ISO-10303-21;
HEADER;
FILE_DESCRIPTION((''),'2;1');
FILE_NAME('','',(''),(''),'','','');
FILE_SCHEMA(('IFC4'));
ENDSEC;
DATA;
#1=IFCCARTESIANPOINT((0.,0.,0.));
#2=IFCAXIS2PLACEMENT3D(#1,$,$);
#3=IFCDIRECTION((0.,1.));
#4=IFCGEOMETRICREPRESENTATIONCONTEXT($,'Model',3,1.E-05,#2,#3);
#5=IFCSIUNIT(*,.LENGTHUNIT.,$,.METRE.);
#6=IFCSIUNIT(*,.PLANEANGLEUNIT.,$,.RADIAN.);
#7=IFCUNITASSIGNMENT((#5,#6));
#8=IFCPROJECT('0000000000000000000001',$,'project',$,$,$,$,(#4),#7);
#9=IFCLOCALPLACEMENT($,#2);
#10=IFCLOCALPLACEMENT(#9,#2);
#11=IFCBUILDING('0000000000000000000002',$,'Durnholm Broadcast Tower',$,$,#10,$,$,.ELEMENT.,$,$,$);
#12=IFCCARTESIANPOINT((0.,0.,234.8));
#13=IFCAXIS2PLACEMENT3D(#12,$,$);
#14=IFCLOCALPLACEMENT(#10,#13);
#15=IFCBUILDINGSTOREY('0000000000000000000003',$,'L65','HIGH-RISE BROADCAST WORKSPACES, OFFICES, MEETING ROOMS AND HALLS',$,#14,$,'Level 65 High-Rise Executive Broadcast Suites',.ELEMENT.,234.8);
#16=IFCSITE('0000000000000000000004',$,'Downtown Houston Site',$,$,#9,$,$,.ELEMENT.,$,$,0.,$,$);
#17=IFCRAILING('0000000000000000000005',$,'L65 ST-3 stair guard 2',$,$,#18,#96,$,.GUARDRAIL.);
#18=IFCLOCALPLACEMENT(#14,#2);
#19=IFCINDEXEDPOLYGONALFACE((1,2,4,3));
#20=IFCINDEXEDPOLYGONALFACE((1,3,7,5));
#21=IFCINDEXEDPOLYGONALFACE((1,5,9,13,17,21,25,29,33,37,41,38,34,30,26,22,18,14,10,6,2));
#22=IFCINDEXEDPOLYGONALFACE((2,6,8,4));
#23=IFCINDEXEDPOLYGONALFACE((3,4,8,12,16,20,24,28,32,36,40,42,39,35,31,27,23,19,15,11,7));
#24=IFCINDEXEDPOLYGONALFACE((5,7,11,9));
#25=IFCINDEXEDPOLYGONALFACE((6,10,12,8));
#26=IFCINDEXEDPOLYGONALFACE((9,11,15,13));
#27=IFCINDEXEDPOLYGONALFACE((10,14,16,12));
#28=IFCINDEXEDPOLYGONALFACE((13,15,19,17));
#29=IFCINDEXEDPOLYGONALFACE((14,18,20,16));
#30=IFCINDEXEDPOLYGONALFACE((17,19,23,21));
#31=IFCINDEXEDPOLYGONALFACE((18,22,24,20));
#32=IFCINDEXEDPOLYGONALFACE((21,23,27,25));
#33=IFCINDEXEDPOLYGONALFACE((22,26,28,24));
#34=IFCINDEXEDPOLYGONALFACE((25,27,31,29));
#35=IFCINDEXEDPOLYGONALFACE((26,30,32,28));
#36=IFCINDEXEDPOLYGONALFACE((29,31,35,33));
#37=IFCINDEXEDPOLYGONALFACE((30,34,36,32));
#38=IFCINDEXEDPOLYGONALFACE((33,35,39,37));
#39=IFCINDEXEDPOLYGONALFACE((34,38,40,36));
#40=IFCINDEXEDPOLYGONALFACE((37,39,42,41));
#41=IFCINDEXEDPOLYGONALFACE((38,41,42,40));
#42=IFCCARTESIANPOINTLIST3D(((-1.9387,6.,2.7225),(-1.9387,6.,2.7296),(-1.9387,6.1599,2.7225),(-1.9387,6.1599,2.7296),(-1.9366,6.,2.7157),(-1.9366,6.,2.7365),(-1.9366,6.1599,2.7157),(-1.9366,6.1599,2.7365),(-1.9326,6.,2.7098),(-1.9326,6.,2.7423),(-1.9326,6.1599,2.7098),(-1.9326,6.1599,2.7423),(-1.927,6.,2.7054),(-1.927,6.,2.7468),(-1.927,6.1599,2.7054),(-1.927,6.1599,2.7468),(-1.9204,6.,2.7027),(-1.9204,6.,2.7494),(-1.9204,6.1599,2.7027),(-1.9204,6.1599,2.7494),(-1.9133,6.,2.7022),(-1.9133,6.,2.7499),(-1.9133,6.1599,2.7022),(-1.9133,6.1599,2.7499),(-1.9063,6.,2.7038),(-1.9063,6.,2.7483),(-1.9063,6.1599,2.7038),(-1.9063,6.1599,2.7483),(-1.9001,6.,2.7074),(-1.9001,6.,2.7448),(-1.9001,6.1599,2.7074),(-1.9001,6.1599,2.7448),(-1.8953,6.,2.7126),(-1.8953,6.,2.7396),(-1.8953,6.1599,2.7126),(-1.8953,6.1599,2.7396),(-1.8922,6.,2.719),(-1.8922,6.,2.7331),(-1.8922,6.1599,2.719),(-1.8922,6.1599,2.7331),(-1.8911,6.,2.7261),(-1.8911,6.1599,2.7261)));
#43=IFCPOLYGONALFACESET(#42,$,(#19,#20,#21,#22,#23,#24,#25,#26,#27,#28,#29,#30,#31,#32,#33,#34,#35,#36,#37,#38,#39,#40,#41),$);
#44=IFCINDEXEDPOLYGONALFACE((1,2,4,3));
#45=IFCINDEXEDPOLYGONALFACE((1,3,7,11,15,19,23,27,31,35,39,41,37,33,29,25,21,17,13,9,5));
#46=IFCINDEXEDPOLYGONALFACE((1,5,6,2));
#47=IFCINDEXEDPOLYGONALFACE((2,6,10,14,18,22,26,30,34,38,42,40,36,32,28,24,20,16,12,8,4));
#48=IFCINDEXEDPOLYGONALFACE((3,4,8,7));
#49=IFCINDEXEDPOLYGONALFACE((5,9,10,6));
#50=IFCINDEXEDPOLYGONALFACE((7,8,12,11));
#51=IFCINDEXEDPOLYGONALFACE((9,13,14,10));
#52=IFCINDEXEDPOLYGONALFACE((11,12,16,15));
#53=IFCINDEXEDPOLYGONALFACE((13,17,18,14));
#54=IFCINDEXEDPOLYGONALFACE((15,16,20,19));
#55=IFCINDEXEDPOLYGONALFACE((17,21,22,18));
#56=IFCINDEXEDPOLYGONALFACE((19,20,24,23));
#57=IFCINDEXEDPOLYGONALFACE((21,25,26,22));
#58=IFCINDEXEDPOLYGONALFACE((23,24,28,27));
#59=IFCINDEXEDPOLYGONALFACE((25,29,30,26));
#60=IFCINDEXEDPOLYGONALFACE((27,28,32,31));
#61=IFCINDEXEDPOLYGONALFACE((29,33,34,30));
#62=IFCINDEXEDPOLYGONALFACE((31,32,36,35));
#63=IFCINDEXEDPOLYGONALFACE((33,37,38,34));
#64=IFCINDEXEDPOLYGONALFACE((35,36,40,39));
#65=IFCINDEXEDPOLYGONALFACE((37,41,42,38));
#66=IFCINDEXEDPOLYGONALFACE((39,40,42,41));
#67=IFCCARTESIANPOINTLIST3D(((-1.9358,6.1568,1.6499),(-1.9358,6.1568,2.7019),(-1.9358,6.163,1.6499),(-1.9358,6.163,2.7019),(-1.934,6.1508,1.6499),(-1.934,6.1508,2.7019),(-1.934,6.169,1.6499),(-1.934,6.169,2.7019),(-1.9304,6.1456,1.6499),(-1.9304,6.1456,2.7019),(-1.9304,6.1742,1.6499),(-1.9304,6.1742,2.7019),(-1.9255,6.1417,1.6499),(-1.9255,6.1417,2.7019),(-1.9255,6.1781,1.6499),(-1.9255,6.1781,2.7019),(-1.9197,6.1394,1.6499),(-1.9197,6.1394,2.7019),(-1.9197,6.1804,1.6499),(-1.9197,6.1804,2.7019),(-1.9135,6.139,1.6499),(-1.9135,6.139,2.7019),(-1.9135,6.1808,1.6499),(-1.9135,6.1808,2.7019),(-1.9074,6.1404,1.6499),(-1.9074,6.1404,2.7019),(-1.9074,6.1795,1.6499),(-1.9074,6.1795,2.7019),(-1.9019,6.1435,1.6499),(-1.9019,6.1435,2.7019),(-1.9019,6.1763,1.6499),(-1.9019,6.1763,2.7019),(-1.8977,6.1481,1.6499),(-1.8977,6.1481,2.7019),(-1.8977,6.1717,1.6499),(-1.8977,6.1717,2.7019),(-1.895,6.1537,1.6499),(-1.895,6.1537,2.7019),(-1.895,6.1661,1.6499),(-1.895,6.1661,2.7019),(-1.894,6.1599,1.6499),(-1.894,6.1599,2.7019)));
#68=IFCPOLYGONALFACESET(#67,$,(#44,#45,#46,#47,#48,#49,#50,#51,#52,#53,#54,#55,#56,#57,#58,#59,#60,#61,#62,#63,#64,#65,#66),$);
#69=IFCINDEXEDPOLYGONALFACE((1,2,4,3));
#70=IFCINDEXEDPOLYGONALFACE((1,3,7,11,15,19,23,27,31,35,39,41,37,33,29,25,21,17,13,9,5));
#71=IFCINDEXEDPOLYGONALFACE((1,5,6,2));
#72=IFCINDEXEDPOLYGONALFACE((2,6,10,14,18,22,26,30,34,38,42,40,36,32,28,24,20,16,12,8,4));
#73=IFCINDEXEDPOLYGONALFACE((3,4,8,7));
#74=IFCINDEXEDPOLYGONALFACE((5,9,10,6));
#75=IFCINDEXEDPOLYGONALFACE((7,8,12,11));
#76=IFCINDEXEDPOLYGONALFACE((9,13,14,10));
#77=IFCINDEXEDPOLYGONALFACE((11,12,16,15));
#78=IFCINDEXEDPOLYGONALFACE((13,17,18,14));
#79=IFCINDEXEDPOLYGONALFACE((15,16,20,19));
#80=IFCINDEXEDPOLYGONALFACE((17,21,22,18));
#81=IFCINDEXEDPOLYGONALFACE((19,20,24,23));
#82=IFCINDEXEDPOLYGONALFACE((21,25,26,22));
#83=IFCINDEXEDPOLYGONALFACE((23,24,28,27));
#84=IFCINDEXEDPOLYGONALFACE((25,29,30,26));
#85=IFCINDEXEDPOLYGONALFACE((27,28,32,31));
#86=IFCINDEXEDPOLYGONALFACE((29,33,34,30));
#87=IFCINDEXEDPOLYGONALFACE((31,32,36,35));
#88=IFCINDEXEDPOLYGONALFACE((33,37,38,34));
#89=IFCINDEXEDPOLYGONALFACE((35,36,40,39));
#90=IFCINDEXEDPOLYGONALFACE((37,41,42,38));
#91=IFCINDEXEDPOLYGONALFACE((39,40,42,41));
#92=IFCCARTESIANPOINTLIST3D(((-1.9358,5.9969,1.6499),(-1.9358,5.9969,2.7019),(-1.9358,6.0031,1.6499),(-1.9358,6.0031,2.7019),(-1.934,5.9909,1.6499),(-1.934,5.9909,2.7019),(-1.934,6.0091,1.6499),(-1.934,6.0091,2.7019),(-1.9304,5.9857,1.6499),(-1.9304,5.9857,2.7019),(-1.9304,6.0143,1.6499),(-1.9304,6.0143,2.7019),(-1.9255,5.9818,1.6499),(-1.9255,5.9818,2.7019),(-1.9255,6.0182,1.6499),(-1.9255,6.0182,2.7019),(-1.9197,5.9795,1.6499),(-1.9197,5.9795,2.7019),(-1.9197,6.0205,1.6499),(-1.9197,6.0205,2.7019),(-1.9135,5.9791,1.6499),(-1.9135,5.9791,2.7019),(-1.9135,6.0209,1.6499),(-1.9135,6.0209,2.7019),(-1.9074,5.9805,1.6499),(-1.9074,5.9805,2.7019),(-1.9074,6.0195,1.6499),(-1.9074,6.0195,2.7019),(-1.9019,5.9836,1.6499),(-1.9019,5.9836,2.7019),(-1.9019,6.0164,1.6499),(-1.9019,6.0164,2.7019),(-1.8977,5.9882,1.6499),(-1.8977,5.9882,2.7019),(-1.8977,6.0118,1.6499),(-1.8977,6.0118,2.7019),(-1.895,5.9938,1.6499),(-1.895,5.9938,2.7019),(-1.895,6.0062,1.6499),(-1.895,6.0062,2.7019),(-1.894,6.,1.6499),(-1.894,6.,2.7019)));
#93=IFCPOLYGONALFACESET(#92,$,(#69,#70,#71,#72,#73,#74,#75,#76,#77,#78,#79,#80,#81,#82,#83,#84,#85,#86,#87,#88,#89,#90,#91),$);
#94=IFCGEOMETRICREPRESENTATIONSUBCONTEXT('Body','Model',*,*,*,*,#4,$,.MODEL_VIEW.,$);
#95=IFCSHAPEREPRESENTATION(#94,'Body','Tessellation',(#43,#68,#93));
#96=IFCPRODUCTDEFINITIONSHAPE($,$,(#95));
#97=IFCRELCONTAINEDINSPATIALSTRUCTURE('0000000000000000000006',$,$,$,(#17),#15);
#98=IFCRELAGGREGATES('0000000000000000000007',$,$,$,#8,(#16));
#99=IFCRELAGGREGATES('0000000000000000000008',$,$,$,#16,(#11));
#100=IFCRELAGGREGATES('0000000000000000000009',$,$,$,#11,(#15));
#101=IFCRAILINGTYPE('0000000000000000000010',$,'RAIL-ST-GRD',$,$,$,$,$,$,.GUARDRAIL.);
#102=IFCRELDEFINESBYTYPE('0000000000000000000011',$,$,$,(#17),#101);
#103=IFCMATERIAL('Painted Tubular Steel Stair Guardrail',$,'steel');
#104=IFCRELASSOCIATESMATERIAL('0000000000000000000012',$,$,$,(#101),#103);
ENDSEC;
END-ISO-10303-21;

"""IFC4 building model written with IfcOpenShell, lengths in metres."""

from ifc_helpers import new_model, si_unit, direction, frame, origin, origin_2d, place, context, subcontext, project, spatial, circle, extrude, material, type_object, element, save


model = new_model("IFC4")

# Units and contexts
model_context = context("Model", 3, precision=1e-05, world=origin(), true_north=direction((0.0, 1.0)))
body_context = subcontext(model_context, "Body", "Model", "MODEL_VIEW")
ifc_project = project(units=[si_unit("LENGTHUNIT", "METRE"), si_unit("PLANEANGLEUNIT", "RADIAN")], contexts=[model_context])

# Site, building, storey
site_placement = place(None, origin())
site = spatial("IfcSite", under=ifc_project, at=site_placement, Name="Downtown Houston Site", CompositionType="ELEMENT", RefElevation=0.0)
building_placement = place(site_placement, origin())
building = spatial("IfcBuilding", under=site, at=building_placement, Name="Durnholm Broadcast Tower", CompositionType="ELEMENT")
storey_placement = place(building_placement, frame((0.0, 0.0, 234.8)))
storey = spatial("IfcBuildingStorey", under=building, at=storey_placement, Name="L65", Description="HIGH-RISE BROADCAST WORKSPACES, OFFICES, MEETING ROOMS AND HALLS", LongName="Level 65 High-Rise Executive Broadcast Suites", CompositionType="ELEMENT", Elevation=234.8)

# Railing
ifc_material_1 = material(Name="Painted Tubular Steel Stair Guardrail", Category="steel")
railing_type_1 = type_object("IfcRailingType", Name="RAIL-ST-GRD", PredefinedType="GUARDRAIL", material=ifc_material_1)
railing_1_placement = place(storey_placement, frame((-1.915, 6.1599, 1.6499)))
element("IfcRailing", 1, at=railing_1_placement, inside=storey, type_object=railing_type_1, Name="L65 ST-3 stair guard 2", PredefinedType="GUARDRAIL", context=body_context, shape_type="SweptSolid", body=[
    extrude(circle(Radius=0.0239, at=origin_2d()), frame((0.0, 0.0, 1.0762), z_axis=(0.0, -1.0, 0.0), x_axis=(1.0, 0.0, 0.0)), (0.0, 0.0, 1.0), 0.1599),
    extrude(circle(Radius=0.021, at=origin_2d()), origin(), (0.0, 0.0, 1.0), 1.052),
    extrude(circle(Radius=0.021, at=origin_2d()), frame((0.0, -0.1599, 0.0)), (0.0, 0.0, 1.0), 1.052),
])

save(model, "model.ifc")
